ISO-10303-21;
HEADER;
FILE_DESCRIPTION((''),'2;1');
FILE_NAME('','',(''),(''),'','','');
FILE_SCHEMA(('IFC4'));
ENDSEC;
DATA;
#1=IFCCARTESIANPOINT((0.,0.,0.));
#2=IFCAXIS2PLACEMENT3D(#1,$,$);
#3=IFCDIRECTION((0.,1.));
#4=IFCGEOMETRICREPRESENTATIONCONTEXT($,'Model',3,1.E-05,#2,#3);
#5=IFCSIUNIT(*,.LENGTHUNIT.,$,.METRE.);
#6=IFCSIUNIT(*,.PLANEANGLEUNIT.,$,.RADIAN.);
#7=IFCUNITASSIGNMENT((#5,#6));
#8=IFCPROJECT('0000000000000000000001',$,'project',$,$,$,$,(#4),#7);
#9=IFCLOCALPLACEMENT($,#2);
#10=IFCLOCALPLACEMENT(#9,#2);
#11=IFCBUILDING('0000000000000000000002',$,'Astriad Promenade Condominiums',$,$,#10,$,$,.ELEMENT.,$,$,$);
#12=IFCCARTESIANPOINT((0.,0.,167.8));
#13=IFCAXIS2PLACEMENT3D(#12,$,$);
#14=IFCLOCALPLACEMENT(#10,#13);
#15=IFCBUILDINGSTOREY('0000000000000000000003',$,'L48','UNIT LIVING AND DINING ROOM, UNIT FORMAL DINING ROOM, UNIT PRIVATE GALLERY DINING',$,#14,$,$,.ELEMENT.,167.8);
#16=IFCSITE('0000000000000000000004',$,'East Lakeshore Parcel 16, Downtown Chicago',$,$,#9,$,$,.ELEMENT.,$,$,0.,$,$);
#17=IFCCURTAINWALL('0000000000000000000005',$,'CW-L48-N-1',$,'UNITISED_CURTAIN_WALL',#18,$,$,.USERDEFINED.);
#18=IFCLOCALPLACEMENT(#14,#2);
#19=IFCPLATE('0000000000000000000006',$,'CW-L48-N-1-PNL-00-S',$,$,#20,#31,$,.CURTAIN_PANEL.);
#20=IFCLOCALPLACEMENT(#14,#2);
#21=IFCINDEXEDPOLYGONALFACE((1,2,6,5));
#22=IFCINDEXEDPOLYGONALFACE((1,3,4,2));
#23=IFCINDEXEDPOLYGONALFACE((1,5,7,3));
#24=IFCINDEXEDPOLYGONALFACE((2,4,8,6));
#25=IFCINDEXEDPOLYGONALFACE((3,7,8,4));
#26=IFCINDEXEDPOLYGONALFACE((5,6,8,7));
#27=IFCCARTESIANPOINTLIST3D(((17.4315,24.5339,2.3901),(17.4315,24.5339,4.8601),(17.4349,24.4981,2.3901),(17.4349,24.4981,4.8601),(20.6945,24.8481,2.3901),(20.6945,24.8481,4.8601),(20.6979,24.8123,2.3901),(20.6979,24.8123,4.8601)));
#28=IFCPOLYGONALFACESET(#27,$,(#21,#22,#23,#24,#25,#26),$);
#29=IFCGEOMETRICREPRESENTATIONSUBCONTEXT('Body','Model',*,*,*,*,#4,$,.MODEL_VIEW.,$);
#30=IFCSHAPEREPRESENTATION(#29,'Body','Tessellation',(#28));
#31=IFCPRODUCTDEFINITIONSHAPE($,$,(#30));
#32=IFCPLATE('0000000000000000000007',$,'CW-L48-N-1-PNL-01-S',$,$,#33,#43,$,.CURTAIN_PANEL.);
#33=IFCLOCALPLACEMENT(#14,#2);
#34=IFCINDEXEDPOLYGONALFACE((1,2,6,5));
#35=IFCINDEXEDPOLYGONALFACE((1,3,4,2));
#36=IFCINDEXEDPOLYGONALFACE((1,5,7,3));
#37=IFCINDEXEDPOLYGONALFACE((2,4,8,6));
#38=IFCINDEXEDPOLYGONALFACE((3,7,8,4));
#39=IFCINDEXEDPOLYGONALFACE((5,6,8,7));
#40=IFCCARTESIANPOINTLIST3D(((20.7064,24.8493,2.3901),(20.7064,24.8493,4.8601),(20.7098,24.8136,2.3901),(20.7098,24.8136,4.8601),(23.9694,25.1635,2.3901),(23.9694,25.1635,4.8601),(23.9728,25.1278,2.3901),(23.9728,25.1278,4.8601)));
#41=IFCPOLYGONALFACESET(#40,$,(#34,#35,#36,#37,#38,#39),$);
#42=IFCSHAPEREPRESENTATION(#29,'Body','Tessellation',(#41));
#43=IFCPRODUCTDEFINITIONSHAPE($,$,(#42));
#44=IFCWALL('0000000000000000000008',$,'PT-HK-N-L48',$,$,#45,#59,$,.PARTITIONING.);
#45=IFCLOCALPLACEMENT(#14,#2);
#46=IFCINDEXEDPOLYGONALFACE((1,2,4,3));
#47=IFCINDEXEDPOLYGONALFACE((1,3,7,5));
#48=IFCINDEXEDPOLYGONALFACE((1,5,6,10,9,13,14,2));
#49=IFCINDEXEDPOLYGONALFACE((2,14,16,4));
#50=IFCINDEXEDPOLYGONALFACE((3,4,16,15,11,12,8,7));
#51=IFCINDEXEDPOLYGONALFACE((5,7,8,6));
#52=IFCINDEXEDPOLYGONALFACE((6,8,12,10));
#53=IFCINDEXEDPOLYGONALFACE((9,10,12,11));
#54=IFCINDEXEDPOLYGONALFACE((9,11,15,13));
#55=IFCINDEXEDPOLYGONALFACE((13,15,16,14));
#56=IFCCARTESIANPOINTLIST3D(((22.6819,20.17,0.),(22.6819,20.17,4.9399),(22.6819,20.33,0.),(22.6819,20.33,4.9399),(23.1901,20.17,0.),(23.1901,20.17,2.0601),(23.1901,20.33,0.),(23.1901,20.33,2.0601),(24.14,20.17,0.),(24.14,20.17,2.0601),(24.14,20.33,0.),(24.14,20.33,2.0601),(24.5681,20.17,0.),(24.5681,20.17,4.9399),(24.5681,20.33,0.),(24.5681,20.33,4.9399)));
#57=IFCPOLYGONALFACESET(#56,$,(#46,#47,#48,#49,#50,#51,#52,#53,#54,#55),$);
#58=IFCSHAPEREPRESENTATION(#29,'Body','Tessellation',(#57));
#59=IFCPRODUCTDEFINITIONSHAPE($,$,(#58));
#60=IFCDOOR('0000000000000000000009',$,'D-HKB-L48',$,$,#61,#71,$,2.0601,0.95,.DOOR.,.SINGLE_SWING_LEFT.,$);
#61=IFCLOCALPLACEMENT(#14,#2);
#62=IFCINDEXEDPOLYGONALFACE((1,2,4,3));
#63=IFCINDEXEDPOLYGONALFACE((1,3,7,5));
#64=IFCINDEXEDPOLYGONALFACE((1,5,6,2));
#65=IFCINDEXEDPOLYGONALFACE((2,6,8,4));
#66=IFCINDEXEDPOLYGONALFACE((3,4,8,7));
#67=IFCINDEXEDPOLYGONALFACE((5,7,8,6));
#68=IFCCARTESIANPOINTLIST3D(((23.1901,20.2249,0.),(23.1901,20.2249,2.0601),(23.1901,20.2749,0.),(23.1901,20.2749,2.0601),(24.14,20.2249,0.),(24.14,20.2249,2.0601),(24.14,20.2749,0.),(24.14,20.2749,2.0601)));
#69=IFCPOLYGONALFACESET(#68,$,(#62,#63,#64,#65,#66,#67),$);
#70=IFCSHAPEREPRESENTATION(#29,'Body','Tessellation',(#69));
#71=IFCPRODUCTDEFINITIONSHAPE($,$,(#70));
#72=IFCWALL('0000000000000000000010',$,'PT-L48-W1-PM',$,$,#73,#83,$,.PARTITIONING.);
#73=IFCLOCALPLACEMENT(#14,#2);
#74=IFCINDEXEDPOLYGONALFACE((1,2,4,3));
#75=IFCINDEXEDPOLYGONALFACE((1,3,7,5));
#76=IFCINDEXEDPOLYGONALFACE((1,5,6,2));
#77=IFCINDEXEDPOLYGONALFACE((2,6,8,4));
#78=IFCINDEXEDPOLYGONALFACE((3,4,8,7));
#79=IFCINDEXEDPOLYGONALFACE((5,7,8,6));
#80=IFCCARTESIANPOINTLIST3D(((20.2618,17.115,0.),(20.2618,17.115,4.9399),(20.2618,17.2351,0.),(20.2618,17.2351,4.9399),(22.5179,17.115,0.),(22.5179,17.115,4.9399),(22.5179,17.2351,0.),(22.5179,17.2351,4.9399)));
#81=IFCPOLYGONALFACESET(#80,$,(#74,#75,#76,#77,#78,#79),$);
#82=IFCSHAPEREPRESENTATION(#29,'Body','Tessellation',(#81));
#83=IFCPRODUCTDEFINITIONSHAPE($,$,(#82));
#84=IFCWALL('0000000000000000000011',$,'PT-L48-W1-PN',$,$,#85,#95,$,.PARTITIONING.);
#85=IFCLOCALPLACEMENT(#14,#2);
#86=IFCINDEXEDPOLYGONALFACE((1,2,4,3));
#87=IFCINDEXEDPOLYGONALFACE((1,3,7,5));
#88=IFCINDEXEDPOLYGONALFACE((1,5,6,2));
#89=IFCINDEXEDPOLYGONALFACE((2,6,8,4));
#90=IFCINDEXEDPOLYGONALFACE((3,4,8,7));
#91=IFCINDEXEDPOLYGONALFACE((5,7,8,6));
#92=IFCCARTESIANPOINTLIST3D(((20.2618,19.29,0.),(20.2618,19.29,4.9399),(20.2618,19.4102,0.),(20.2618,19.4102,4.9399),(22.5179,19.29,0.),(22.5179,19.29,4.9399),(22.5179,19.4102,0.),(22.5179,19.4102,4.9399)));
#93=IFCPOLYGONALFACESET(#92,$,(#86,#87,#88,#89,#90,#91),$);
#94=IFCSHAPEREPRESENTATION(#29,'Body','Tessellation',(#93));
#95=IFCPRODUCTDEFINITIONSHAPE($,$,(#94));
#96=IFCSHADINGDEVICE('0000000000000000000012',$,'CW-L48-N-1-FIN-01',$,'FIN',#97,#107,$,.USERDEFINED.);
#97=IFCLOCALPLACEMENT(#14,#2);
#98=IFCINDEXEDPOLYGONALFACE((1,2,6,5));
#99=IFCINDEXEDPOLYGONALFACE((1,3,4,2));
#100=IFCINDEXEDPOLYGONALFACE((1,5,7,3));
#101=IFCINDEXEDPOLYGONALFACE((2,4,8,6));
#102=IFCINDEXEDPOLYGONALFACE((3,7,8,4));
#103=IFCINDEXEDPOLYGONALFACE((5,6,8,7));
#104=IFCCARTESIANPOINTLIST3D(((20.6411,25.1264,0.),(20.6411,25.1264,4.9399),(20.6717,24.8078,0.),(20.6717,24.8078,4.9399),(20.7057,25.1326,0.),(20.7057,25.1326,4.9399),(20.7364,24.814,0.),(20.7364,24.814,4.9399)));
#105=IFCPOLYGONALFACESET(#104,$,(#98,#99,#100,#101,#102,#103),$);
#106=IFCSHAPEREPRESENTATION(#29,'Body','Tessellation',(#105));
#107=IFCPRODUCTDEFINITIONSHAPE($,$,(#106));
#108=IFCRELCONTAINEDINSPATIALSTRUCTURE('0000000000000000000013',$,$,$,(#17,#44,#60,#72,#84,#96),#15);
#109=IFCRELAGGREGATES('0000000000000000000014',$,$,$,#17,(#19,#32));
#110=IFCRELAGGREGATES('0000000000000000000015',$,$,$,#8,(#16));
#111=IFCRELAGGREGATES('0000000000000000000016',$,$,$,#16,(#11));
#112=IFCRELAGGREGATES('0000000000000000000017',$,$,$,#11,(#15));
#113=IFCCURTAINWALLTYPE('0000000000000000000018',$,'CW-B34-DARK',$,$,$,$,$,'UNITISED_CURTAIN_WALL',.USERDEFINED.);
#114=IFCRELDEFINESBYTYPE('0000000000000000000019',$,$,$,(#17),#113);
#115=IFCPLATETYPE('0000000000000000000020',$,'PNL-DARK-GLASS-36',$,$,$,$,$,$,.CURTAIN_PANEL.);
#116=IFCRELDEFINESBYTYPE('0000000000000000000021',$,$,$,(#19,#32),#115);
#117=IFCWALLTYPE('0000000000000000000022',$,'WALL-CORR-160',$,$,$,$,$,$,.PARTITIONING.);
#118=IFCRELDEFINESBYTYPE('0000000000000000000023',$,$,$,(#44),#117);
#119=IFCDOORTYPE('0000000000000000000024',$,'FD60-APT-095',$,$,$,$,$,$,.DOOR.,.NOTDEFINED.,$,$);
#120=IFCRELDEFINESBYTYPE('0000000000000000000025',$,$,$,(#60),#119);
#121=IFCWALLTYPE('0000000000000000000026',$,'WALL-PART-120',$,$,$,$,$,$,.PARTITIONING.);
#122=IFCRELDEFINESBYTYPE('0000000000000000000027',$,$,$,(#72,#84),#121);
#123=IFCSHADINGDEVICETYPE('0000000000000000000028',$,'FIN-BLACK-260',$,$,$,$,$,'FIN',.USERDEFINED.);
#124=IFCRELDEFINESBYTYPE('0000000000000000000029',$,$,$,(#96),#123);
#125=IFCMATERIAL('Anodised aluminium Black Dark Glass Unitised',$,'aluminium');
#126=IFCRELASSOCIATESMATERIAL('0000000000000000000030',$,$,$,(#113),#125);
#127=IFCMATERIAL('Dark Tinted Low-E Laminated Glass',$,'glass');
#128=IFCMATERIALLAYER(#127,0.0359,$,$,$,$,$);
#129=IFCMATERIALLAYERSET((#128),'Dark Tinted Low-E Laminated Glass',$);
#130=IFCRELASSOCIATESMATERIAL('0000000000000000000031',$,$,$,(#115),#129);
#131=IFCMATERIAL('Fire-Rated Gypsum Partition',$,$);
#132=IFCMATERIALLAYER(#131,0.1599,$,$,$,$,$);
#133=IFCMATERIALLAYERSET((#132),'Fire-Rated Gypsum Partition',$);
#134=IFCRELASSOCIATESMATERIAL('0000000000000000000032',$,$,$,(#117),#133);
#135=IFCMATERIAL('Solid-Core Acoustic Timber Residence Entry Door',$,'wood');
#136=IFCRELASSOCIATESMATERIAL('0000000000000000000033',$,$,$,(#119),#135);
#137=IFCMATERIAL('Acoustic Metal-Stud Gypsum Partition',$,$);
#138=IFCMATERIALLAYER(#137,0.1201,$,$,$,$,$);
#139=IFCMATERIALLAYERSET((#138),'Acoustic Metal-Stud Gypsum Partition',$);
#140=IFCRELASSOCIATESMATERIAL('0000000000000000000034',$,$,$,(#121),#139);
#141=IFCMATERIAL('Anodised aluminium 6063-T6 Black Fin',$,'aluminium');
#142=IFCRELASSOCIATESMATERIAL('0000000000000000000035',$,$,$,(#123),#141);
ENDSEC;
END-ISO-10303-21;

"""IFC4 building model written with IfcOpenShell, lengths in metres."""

from ifc_helpers import new_model, si_unit, direction, frame, frame_2d, origin, origin_2d, place, context, subcontext, project, spatial, rectangle, extrude, source, transform, mapped, material, layer, layer_set, type_object, type_shapes, element, fill, aggregate, save


model = new_model("IFC4")

# Units and contexts
model_context = context("Model", 3, precision=1e-05, world=origin(), true_north=direction((0.0, 1.0)))
body_context = subcontext(model_context, "Body", "Model", "MODEL_VIEW")
ifc_project = project(units=[si_unit("LENGTHUNIT", "METRE"), si_unit("PLANEANGLEUNIT", "RADIAN")], contexts=[model_context])

# Site, building, storey
site_placement = place(None, origin())
site = spatial("IfcSite", under=ifc_project, at=site_placement, Name="East Lakeshore Parcel 16, Downtown Chicago", CompositionType="ELEMENT", RefElevation=0.0)
building_placement = place(site_placement, origin())
building = spatial("IfcBuilding", under=site, at=building_placement, Name="Astriad Promenade Condominiums", CompositionType="ELEMENT")
storey_placement = place(building_placement, frame((0.0, 0.0, 167.8)))
storey = spatial("IfcBuildingStorey", under=building, at=storey_placement, Name="L48", Description="UNIT LIVING AND DINING ROOM, UNIT FORMAL DINING ROOM, UNIT PRIVATE GALLERY DINING", CompositionType="ELEMENT", Elevation=167.8)

# Curtain wall, plates
ifc_material_1 = material(Name="Anodised aluminium Black Dark Glass Unitised", Category="aluminium")
curtain_wall_type = type_object("IfcCurtainWallType", Name="CW-B34-DARK", ElementType="UNITISED_CURTAIN_WALL", PredefinedType="USERDEFINED", material=ifc_material_1)
curtain_wall_placement = place(storey_placement, origin())
curtain_wall = element("IfcCurtainWall", 1, at=curtain_wall_placement, inside=storey, type_object=curtain_wall_type, Name="CW-L48-N-1", ObjectType="UNITISED_CURTAIN_WALL", PredefinedType="USERDEFINED")
ifc_material_2 = material(Name="Dark Tinted Low-E Laminated Glass", Category="glass")
ifc_layer_1 = layer(ifc_material_2, 0.0359)
ifc_layer_set_1 = layer_set([ifc_layer_1], Name="Dark Tinted Low-E Laminated Glass")
plate_type = type_object("IfcPlateType", Name="PNL-DARK-GLASS-36", PredefinedType="CURTAIN_PANEL", material=ifc_layer_set_1)
shared_shape_1 = source(origin(), body_context, "Body", "SweptSolid", [
    extrude(rectangle(XDim=3.2781, YDim=0.0359, at=origin_2d()), origin(), (0.0, 0.0, 1.0), 2.47),
])
plate_1_placement = place(storey_placement, frame((19.0647, 24.6731, 2.3901), z_axis=(0.0, 0.0, 1.0), x_axis=(0.995396, 0.095846, 0.0)))
plate_1 = element("IfcPlate", 2, at=plate_1_placement, type_object=plate_type, Name="CW-L48-N-1-PNL-00-S", PredefinedType="CURTAIN_PANEL", context=body_context, shape_type="MappedRepresentation", body=[
    mapped(shared_shape_1, transform((0.0, 0.0, 0.0), scale=1.0)),
])
plate_2_placement = place(storey_placement, frame((22.3396, 24.9885, 2.3901), z_axis=(0.0, 0.0, 1.0), x_axis=(0.995396, 0.095846, 0.0)))
plate_2 = element("IfcPlate", 3, at=plate_2_placement, type_object=plate_type, Name="CW-L48-N-1-PNL-01-S", PredefinedType="CURTAIN_PANEL", context=body_context, shape_type="MappedRepresentation", body=[
    mapped(shared_shape_1, transform((0.0, 0.0, 0.0), scale=1.0)),
])
aggregate(curtain_wall, [plate_1, plate_2])

# Wall, opening, door
ifc_material_3 = material(Name="Fire-Rated Gypsum Partition")
ifc_layer_2 = layer(ifc_material_3, 0.1599)
ifc_layer_set_2 = layer_set([ifc_layer_2], Name="Fire-Rated Gypsum Partition")
wall_type_1 = type_object("IfcWallType", Name="WALL-CORR-160", PredefinedType="PARTITIONING", material=ifc_layer_set_2)
wall_placement = place(storey_placement, frame((22.6819, 20.25, 0.0), z_axis=(0.0, 0.0, 1.0), x_axis=(1.0, 0.0, 0.0)))
wall = element("IfcWall", 4, at=wall_placement, inside=storey, type_object=wall_type_1, Name="PT-HK-N-L48", PredefinedType="PARTITIONING", context=body_context, shape_type="SweptSolid", body=[
    extrude(rectangle(XDim=1.8862, YDim=0.1599, at=frame_2d((0.9431, 0.0))), origin(), (0.0, 0.0, 1.0), 4.9399),
])
opening_placement = place(wall_placement, frame((0.5081, 0.0, 0.0)))
opening = element("IfcOpeningElement", 5, at=opening_placement, cuts=wall, PredefinedType="OPENING", context=body_context, shape_type="SweptSolid", body=[
    extrude(rectangle(XDim=0.95, YDim=2.0601, at=frame_2d((0.4751, 1.03))), frame((0.0, 0.0898, 0.0), z_axis=(0.0, -1.0, 0.0), x_axis=(1.0, 0.0, 0.0)), (0.0, 0.0, 1.0), 0.1799),
])
ifc_material_4 = material(Name="Solid-Core Acoustic Timber Residence Entry Door", Category="wood")
door_type = type_object("IfcDoorType", Name="FD60-APT-095", OperationType="NOTDEFINED", PredefinedType="DOOR", material=ifc_material_4)
shared_shape_2 = source(origin(), body_context, "Body", "SweptSolid", [
    extrude(rectangle(XDim=0.95, YDim=2.0601, at=frame_2d((0.4751, 1.03))), frame((0.0, 0.0249, 0.0), z_axis=(0.0, -1.0, 0.0), x_axis=(1.0, 0.0, 0.0)), (0.0, 0.0, 1.0), 0.05),
])
type_shapes(door_type, [shared_shape_2])
door_placement = place(opening_placement, origin())
door = element("IfcDoor", 6, at=door_placement, inside=storey, type_object=door_type, Name="D-HKB-L48", OperationType="SINGLE_SWING_LEFT", OverallHeight=2.0601, OverallWidth=0.95, PredefinedType="DOOR", context=body_context, shape_type="MappedRepresentation", body=[
    mapped(shared_shape_2, transform((0.0, 0.0, 0.0), scale=1.0)),
])
fill(opening, door)

# Walls
ifc_material_5 = material(Name="Acoustic Metal-Stud Gypsum Partition")
ifc_layer_3 = layer(ifc_material_5, 0.1201)
ifc_layer_set_3 = layer_set([ifc_layer_3], Name="Acoustic Metal-Stud Gypsum Partition")
wall_type_2 = type_object("IfcWallType", Name="WALL-PART-120", PredefinedType="PARTITIONING", material=ifc_layer_set_3)
for number, where, z_axis, x_axis, name in (
    (7, (20.262, 17.175, 0.0), (0.0, 0.0, 1.0), (1.0, 0.0, 0.0), "PT-L48-W1-PM"),
    (8, (20.262, 19.3501, 0.0), (0.0, 0.0, 1.0), (1.0, 0.0, 0.0), "PT-L48-W1-PN"),
):
    element("IfcWall", number, at=place(storey_placement, frame(where, z_axis=z_axis, x_axis=x_axis)), inside=storey, type_object=wall_type_2, Name=name, PredefinedType="PARTITIONING", context=body_context, shape_type="SweptSolid", body=[
        extrude(rectangle(XDim=2.2561, YDim=0.1201, at=frame_2d((1.1279, 0.0))), origin(), (0.0, 0.0, 1.0), 4.9399),
    ])

# Shading device
ifc_material_6 = material(Name="Anodised aluminium 6063-T6 Black Fin", Category="aluminium")
shading_device_type = type_object("IfcShadingDeviceType", Name="FIN-BLACK-260", ElementType="FIN", PredefinedType="USERDEFINED", material=ifc_material_6)
shared_shape_3 = source(origin(), body_context, "Body", "SweptSolid", [
    extrude(rectangle(XDim=0.0649, YDim=0.3201, at=origin_2d()), origin(), (0.0, 0.0, 1.0), 4.9399),
])
type_shapes(shading_device_type, [shared_shape_3])
shading_device_placement = place(storey_placement, frame((20.6887, 24.9702, 0.0), z_axis=(0.0, 0.0, 1.0), x_axis=(0.995396, 0.095846, 0.0)))
element("IfcShadingDevice", 9, at=shading_device_placement, inside=storey, type_object=shading_device_type, Name="CW-L48-N-1-FIN-01", ObjectType="FIN", PredefinedType="USERDEFINED", context=body_context, shape_type="MappedRepresentation", body=[
    mapped(shared_shape_3, transform((0.0, 0.0, 0.0), scale=1.0)),
])

save(model, "model.ifc")
